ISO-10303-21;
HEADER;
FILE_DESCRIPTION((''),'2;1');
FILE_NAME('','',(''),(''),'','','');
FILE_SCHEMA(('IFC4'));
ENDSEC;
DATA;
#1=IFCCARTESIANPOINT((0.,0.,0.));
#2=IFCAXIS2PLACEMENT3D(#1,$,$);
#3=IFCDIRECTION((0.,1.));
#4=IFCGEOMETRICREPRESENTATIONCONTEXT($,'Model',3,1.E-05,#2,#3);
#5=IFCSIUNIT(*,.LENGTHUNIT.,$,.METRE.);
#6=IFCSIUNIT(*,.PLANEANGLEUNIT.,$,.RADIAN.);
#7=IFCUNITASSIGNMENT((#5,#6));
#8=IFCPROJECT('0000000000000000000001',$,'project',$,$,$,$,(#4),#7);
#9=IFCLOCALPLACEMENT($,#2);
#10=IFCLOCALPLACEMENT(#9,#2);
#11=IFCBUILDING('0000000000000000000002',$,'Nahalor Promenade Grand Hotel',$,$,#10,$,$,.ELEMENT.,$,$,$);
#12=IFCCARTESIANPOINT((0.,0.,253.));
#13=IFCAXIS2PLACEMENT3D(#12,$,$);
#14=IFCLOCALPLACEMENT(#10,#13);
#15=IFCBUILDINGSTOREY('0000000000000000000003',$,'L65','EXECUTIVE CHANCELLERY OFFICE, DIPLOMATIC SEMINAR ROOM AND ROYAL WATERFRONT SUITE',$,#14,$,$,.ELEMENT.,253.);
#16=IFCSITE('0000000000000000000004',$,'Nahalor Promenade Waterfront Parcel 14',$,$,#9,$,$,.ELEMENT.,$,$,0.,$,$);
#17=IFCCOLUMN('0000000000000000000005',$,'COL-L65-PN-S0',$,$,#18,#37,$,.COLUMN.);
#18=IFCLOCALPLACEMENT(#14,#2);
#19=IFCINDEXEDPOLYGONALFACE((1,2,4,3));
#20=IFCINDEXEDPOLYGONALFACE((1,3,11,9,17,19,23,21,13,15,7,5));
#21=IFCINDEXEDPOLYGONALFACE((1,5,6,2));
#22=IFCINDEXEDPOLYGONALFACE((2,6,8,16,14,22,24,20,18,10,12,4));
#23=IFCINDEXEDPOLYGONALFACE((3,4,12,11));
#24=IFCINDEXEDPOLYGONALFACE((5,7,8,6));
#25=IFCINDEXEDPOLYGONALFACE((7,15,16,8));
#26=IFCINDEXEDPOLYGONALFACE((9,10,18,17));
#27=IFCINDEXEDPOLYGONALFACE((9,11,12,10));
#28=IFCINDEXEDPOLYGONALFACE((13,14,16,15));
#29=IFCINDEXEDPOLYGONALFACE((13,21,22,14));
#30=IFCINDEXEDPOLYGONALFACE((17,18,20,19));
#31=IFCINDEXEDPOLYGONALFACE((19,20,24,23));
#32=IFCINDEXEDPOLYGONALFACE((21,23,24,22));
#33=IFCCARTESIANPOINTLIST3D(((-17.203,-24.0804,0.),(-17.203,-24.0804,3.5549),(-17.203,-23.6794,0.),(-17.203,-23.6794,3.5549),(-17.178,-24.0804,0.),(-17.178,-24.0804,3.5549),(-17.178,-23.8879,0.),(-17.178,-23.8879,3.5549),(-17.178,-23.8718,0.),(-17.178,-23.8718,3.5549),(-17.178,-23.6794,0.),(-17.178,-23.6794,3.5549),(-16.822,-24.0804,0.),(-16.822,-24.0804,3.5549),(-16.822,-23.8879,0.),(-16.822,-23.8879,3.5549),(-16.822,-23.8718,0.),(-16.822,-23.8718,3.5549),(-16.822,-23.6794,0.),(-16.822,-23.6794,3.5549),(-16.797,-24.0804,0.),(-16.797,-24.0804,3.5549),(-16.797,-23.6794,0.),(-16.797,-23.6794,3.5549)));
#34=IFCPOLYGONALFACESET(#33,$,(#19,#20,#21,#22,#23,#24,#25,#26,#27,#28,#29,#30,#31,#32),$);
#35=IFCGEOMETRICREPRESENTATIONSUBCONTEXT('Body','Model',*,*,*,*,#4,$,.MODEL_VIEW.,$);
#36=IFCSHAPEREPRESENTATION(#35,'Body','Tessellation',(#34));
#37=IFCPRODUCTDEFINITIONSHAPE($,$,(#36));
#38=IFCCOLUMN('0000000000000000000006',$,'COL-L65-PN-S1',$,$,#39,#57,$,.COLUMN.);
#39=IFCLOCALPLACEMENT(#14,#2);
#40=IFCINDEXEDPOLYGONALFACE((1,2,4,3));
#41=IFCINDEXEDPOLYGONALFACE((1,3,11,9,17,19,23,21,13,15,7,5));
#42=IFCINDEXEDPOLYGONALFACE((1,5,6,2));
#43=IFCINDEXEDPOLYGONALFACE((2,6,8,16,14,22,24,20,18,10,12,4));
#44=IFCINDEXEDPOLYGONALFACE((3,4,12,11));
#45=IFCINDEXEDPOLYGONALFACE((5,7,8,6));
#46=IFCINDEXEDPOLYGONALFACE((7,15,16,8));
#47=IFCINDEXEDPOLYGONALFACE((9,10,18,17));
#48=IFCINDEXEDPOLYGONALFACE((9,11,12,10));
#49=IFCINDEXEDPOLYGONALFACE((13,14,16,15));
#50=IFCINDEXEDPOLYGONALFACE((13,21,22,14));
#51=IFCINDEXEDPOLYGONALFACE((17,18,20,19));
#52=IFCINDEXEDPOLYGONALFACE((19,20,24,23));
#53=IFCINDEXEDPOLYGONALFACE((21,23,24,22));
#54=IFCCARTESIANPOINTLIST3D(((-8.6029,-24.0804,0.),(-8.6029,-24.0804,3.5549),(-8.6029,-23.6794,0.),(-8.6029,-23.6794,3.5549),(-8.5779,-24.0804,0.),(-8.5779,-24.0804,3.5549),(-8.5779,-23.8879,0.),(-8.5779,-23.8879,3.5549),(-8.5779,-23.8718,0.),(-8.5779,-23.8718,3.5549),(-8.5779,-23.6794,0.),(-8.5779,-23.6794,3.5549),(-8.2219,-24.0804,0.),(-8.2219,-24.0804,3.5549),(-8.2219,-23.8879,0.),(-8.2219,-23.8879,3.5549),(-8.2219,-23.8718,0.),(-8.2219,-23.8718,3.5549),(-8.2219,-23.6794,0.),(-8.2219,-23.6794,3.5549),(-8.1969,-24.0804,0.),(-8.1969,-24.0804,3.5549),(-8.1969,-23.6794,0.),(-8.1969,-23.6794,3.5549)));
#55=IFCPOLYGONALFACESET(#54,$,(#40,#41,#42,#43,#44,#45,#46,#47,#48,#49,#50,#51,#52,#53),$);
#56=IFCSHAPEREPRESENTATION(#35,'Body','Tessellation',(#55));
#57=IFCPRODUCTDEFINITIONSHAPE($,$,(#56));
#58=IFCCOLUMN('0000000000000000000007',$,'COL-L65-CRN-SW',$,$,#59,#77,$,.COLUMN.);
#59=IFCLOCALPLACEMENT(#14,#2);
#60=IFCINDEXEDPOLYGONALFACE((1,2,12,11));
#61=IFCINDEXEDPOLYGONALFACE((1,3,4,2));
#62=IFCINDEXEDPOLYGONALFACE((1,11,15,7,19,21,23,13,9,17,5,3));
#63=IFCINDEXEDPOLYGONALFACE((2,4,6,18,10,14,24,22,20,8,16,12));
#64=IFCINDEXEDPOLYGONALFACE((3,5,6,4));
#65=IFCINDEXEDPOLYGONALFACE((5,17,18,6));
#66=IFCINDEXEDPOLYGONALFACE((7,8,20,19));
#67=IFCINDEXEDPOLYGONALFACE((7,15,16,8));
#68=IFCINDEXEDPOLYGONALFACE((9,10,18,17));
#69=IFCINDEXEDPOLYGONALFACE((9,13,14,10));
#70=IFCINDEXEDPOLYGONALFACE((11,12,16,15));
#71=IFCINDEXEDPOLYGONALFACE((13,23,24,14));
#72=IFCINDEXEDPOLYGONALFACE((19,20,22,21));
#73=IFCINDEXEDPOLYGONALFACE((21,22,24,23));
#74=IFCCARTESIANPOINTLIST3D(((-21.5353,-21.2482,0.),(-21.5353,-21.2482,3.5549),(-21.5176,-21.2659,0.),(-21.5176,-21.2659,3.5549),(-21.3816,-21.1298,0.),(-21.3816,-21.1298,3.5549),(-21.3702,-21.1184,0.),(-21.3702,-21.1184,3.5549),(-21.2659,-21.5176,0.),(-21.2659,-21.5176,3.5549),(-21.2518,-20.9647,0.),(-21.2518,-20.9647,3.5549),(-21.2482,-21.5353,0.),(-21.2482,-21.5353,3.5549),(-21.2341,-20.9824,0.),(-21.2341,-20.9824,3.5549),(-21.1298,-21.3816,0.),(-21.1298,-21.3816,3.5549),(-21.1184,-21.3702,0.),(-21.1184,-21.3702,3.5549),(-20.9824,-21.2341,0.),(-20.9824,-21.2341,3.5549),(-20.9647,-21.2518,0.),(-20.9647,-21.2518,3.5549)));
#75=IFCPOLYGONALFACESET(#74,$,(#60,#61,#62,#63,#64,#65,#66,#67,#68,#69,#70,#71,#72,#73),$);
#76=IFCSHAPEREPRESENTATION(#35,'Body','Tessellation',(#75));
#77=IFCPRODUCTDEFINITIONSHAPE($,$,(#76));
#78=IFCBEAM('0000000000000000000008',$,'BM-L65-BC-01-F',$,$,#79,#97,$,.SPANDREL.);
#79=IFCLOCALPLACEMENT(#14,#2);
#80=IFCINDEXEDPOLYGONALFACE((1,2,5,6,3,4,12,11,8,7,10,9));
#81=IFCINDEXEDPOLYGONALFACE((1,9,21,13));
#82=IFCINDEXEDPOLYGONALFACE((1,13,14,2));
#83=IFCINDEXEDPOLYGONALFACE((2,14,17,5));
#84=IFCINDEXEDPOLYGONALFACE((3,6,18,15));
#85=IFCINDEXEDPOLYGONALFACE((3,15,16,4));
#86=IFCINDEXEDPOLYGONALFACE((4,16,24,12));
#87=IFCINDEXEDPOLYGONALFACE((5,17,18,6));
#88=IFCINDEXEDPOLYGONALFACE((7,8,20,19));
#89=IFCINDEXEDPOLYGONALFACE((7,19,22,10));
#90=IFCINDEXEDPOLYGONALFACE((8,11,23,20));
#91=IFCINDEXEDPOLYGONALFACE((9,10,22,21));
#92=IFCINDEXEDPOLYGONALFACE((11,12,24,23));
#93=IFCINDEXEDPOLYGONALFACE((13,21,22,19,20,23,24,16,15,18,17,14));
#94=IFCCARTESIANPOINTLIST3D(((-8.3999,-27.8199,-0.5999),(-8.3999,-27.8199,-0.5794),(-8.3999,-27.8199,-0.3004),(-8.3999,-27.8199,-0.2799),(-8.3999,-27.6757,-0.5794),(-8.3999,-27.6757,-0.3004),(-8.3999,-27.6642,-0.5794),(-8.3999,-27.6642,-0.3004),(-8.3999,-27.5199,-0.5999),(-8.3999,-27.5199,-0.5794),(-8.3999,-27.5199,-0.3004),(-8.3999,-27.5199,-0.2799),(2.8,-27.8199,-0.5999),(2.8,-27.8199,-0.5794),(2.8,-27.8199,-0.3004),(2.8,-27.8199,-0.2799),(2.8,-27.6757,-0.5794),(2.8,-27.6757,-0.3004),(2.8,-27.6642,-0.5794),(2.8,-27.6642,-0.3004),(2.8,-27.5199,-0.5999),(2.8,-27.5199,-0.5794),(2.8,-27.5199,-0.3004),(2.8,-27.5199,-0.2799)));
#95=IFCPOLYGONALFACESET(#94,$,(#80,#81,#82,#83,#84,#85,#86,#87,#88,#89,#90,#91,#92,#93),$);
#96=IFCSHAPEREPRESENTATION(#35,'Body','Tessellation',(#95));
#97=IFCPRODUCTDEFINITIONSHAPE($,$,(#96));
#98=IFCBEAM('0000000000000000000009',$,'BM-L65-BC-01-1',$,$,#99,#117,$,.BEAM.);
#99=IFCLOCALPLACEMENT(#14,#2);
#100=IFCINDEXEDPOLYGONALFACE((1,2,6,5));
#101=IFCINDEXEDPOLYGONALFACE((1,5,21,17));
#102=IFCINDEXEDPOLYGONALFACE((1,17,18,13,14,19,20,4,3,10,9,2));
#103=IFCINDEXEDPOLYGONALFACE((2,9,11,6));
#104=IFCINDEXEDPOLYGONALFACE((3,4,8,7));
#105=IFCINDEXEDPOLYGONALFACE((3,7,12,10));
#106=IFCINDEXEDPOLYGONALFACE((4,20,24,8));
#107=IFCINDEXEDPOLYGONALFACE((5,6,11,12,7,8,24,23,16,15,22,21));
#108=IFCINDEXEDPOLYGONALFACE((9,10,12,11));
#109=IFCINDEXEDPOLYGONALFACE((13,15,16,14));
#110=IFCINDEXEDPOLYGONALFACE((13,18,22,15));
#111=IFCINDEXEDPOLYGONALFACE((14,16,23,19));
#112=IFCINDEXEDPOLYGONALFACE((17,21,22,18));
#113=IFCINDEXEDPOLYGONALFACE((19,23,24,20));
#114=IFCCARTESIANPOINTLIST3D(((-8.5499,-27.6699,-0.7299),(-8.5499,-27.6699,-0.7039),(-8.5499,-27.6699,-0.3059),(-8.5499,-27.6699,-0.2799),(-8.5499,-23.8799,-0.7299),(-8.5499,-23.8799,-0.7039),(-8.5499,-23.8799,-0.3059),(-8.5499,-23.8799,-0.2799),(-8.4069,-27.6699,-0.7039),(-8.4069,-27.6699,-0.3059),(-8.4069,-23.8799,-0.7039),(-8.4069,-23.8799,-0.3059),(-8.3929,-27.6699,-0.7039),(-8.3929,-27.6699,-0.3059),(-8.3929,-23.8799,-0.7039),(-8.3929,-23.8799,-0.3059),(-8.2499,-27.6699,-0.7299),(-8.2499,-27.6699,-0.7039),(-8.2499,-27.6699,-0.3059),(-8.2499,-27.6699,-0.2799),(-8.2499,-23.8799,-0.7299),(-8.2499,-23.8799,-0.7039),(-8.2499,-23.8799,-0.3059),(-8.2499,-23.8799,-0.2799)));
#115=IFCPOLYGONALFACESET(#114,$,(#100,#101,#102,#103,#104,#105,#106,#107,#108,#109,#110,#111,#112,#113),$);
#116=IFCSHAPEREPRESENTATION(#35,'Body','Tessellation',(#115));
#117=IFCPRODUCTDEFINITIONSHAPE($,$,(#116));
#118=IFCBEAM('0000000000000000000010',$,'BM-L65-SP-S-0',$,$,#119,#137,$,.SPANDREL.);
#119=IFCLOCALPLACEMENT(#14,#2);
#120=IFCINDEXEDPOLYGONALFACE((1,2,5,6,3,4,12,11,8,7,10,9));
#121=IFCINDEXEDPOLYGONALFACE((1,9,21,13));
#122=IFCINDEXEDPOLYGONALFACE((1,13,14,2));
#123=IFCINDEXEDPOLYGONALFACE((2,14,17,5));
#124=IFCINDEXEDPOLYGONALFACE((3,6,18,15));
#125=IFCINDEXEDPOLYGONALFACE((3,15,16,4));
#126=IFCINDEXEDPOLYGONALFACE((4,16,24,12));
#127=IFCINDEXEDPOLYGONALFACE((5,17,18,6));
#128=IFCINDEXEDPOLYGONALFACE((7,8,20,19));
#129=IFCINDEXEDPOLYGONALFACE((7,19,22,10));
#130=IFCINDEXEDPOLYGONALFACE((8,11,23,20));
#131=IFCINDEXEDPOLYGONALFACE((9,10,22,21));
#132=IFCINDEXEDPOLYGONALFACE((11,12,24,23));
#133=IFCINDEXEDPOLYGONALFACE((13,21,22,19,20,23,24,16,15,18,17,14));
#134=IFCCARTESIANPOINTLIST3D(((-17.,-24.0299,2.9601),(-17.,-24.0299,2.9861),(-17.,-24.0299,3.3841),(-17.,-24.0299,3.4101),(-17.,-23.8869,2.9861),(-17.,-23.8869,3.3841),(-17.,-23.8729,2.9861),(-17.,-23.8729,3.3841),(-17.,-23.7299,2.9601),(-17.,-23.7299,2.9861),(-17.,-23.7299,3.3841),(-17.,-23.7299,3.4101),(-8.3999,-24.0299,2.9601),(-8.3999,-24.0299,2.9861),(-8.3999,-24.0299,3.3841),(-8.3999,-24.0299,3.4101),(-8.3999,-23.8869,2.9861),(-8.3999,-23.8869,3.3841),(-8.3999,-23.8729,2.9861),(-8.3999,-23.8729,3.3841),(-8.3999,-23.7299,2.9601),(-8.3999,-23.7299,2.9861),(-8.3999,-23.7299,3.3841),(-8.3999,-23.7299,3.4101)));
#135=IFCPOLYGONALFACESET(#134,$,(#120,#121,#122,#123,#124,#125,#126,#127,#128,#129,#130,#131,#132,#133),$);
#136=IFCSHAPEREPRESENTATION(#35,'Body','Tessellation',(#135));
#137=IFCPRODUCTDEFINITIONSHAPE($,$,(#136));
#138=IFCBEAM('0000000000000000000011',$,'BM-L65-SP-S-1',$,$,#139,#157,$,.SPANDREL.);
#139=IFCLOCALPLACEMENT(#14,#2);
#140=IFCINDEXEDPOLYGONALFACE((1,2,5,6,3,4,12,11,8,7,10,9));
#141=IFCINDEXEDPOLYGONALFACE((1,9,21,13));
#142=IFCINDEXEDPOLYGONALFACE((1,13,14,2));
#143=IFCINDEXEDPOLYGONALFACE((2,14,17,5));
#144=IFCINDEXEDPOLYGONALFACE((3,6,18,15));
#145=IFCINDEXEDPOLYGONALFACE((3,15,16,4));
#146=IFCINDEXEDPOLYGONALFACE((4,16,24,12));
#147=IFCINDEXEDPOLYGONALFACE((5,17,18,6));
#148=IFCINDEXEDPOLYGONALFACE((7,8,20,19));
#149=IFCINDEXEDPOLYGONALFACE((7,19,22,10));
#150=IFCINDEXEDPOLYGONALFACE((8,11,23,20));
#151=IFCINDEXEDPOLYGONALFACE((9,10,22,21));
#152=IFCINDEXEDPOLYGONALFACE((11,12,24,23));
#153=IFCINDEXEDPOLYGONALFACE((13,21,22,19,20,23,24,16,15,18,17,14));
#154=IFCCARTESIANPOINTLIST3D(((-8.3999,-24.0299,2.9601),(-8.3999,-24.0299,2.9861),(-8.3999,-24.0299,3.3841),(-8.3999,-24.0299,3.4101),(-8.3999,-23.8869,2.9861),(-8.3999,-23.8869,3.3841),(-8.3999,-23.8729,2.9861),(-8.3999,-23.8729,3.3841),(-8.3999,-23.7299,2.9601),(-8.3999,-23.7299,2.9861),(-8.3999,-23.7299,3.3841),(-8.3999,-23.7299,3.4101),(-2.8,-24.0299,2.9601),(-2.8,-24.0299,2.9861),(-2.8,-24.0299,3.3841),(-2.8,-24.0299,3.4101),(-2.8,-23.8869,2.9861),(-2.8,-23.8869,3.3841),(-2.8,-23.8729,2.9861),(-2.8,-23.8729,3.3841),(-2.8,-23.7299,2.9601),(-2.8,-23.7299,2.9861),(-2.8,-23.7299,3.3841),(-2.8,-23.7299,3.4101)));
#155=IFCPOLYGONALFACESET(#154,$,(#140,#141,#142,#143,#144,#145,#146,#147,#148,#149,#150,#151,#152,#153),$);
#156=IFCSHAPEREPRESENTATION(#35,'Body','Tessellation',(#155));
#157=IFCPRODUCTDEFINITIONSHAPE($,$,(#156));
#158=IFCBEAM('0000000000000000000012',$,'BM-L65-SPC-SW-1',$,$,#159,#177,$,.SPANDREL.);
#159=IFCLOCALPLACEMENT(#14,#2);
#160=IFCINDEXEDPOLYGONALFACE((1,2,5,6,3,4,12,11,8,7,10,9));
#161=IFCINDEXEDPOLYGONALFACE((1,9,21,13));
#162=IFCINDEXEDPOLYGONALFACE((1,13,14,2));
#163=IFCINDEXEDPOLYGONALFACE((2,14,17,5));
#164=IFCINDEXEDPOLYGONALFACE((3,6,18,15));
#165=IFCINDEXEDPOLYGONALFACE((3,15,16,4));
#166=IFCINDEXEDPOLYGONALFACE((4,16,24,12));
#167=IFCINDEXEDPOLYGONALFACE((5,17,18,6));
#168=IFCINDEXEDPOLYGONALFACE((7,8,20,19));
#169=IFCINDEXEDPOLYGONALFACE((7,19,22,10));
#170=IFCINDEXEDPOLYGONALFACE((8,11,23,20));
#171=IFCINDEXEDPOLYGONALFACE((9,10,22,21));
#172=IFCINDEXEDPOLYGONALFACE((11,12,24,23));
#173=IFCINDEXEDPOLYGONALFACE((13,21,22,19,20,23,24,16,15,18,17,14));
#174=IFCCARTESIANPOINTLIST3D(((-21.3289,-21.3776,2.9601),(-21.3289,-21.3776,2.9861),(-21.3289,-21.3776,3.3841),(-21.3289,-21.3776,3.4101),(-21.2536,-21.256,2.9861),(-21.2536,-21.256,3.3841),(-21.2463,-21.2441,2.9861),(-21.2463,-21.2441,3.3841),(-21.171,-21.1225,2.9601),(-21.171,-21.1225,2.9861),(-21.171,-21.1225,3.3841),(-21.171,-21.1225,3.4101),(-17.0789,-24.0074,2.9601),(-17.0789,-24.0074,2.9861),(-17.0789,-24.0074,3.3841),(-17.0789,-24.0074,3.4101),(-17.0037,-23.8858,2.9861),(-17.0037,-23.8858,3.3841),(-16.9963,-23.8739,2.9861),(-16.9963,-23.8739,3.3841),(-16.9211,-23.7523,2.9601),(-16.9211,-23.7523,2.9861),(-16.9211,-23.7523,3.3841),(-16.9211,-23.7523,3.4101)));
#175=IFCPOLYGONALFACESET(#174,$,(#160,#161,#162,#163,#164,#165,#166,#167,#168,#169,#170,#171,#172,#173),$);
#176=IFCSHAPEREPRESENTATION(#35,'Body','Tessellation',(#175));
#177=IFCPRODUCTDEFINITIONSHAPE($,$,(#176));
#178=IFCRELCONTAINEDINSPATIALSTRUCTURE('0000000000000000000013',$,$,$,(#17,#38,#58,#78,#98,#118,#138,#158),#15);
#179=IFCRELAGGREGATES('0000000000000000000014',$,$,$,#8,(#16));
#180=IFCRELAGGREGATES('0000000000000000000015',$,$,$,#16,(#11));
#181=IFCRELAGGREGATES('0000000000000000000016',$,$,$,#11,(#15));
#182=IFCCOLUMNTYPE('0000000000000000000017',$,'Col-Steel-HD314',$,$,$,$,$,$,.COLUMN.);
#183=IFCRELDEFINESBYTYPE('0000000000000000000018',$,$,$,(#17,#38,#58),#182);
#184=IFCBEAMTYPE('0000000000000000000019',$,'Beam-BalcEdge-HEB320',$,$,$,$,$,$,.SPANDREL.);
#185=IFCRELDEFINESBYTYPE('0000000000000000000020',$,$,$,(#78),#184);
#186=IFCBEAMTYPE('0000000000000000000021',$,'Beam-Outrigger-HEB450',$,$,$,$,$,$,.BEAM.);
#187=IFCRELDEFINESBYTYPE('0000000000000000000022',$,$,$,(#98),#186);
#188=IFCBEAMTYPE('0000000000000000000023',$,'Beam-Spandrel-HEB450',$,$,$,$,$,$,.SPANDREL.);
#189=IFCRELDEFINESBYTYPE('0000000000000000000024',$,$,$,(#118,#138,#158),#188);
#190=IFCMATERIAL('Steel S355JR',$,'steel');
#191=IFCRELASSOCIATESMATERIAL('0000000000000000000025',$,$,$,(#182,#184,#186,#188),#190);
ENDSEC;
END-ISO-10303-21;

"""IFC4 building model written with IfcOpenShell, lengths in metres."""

from ifc_helpers import new_model, si_unit, direction, frame, origin, origin_2d, place, context, subcontext, project, spatial, i_section, extrude, source, transform, mapped, material, material_profile, profile_set, type_object, element, save


model = new_model("IFC4")

# Units and contexts
model_context = context("Model", 3, precision=1e-05, world=origin(), true_north=direction((0.0, 1.0)))
body_context = subcontext(model_context, "Body", "Model", "MODEL_VIEW")
ifc_project = project(units=[si_unit("LENGTHUNIT", "METRE"), si_unit("PLANEANGLEUNIT", "RADIAN")], contexts=[model_context])

# Site, building, storey
site_placement = place(None, origin())
site = spatial("IfcSite", under=ifc_project, at=site_placement, Name="Nahalor Promenade Waterfront Parcel 14", CompositionType="ELEMENT", RefElevation=0.0)
building_placement = place(site_placement, origin())
building = spatial("IfcBuilding", under=site, at=building_placement, Name="Nahalor Promenade Grand Hotel", CompositionType="ELEMENT")
storey_placement = place(building_placement, frame((0.0, 0.0, 253.0)))
storey = spatial("IfcBuildingStorey", under=building, at=storey_placement, Name="L65", Description="EXECUTIVE CHANCELLERY OFFICE, DIPLOMATIC SEMINAR ROOM AND ROYAL WATERFRONT SUITE", CompositionType="ELEMENT", Elevation=253.0)

# Columns
ifc_material_1 = material(Name="Steel S355JR", Category="steel")
ifc_material_profile_1 = material_profile(ifc_material_1, i_section(OverallWidth=0.401, OverallDepth=0.406, WebThickness=0.0161, FlangeThickness=0.025, at=origin_2d()), Name="HD 400x314")
ifc_profile_set_1 = profile_set([ifc_material_profile_1], Name="Steel S355JR")
column_type = type_object("IfcColumnType", Name="Col-Steel-HD314", PredefinedType="COLUMN", material=ifc_profile_set_1)
shared_shape_1 = source(origin(), body_context, "Body", "SweptSolid", [
    extrude(i_section(OverallWidth=0.401, OverallDepth=0.406, WebThickness=0.0161, FlangeThickness=0.025, at=origin_2d()), origin(), (0.0, 0.0, 1.0), 3.5549),
])
for number, where, z_axis, x_axis, name in (
    (1, (-17.0, -23.8799, 0.0), (0.0, 0.0, 1.0), (0.0, 1.0, 0.0), "COL-L65-PN-S0"),
    (2, (-8.3999, -23.8799, 0.0), (0.0, 0.0, 1.0), (0.0, 1.0, 0.0), "COL-L65-PN-S1"),
    (3, (-21.25, -21.25, 0.0), (0.0, 0.0, 1.0), (0.707107, 0.707107, 0.0), "COL-L65-CRN-SW"),
):
    element("IfcColumn", number, at=place(storey_placement, frame(where, z_axis=z_axis, x_axis=x_axis)), inside=storey, type_object=column_type, Name=name, PredefinedType="COLUMN", context=body_context, shape_type="MappedRepresentation", body=[
        mapped(shared_shape_1, transform((0.0, 0.0, 0.0), scale=1.0)),
    ])

# Beams
ifc_material_profile_2 = material_profile(ifc_material_1, i_section(OverallWidth=0.3, OverallDepth=0.32, WebThickness=0.0115, FlangeThickness=0.0205, at=origin_2d()), Name="HEB 320")
ifc_profile_set_2 = profile_set([ifc_material_profile_2], Name="Steel S355JR")
beam_type_1 = type_object("IfcBeamType", Name="Beam-BalcEdge-HEB320", PredefinedType="SPANDREL", material=ifc_profile_set_2)
shared_shape_2 = source(origin(), body_context, "Body", "SweptSolid", [
    extrude(i_section(OverallWidth=0.3, OverallDepth=0.32, WebThickness=0.0115, FlangeThickness=0.0205, at=origin_2d()), origin(), (0.0, 0.0, 1.0), 11.2),
])
beam_1_placement = place(storey_placement, frame((-8.3999, -27.6699, -0.4399), z_axis=(1.0, 0.0, 0.0), x_axis=(0.0, 1.0, 0.0)))
element("IfcBeam", 4, at=beam_1_placement, inside=storey, type_object=beam_type_1, Name="BM-L65-BC-01-F", PredefinedType="SPANDREL", context=body_context, shape_type="MappedRepresentation", body=[
    mapped(shared_shape_2, transform((0.0, 0.0, 0.0), scale=1.0)),
])
ifc_material_profile_3 = material_profile(ifc_material_1, i_section(OverallWidth=0.3, OverallDepth=0.45, WebThickness=0.014, FlangeThickness=0.026, at=origin_2d()), Name="HEB 450")
ifc_profile_set_3 = profile_set([ifc_material_profile_3], Name="Steel S355JR")
beam_type_2 = type_object("IfcBeamType", Name="Beam-Outrigger-HEB450", PredefinedType="BEAM", material=ifc_profile_set_3)
shared_shape_3 = source(origin(), body_context, "Body", "SweptSolid", [
    extrude(i_section(OverallWidth=0.3, OverallDepth=0.45, WebThickness=0.014, FlangeThickness=0.026, at=origin_2d()), origin(), (0.0, 0.0, 1.0), 3.79),
])
beam_2_placement = place(storey_placement, frame((-8.3999, -27.6699, -0.5049), z_axis=(0.0, 1.0, 0.0), x_axis=(-1.0, 0.0, 0.0)))
element("IfcBeam", 5, at=beam_2_placement, inside=storey, type_object=beam_type_2, Name="BM-L65-BC-01-1", PredefinedType="BEAM", context=body_context, shape_type="MappedRepresentation", body=[
    mapped(shared_shape_3, transform((0.0, 0.0, 0.0), scale=1.0)),
])
ifc_material_profile_4 = material_profile(ifc_material_1, i_section(OverallWidth=0.3, OverallDepth=0.45, WebThickness=0.014, FlangeThickness=0.026, at=origin_2d()), Name="HEB 450")
ifc_profile_set_4 = profile_set([ifc_material_profile_4], Name="Steel S355JR")
beam_type_3 = type_object("IfcBeamType", Name="Beam-Spandrel-HEB450", PredefinedType="SPANDREL", material=ifc_profile_set_4)
shared_shape_4 = source(origin(), body_context, "Body", "SweptSolid", [
    extrude(i_section(OverallWidth=0.3, OverallDepth=0.45, WebThickness=0.014, FlangeThickness=0.026, at=origin_2d()), origin(), (0.0, 0.0, 1.0), 8.6001),
])
beam_3_placement = place(storey_placement, frame((-17.0, -23.8799, 3.1851), z_axis=(1.0, 0.0, 0.0), x_axis=(0.0, 1.0, 0.0)))
element("IfcBeam", 6, at=beam_3_placement, inside=storey, type_object=beam_type_3, Name="BM-L65-SP-S-0", PredefinedType="SPANDREL", context=body_context, shape_type="MappedRepresentation", body=[
    mapped(shared_shape_4, transform((0.0, 0.0, 0.0), scale=1.0)),
])
shared_shape_5 = source(origin(), body_context, "Body", "SweptSolid", [
    extrude(i_section(OverallWidth=0.3, OverallDepth=0.45, WebThickness=0.014, FlangeThickness=0.026, at=origin_2d()), origin(), (0.0, 0.0, 1.0), 5.5999),
])
beam_4_placement = place(storey_placement, frame((-8.3999, -23.8799, 3.1851), z_axis=(1.0, 0.0, 0.0), x_axis=(0.0, 1.0, 0.0)))
element("IfcBeam", 7, at=beam_4_placement, inside=storey, type_object=beam_type_3, Name="BM-L65-SP-S-1", PredefinedType="SPANDREL", context=body_context, shape_type="MappedRepresentation", body=[
    mapped(shared_shape_5, transform((0.0, 0.0, 0.0), scale=1.0)),
])
shared_shape_6 = source(origin(), body_context, "Body", "SweptSolid", [
    extrude(i_section(OverallWidth=0.3, OverallDepth=0.45, WebThickness=0.014, FlangeThickness=0.026, at=origin_2d()), origin(), (0.0, 0.0, 1.0), 4.9978),
])
for number, where, z_axis, x_axis, name in (
    (8, (-17.0, -23.8799, 3.1851), (-0.850361, 0.5262, 0.0), (-0.5262, -0.850361, 0.0), "BM-L65-SPC-SW-1"),
):
    element("IfcBeam", number, at=place(storey_placement, frame(where, z_axis=z_axis, x_axis=x_axis)), inside=storey, type_object=beam_type_3, Name=name, PredefinedType="SPANDREL", context=body_context, shape_type="MappedRepresentation", body=[
        mapped(shared_shape_6, transform((0.0, 0.0, 0.0), scale=1.0)),
    ])

save(model, "model.ifc")
